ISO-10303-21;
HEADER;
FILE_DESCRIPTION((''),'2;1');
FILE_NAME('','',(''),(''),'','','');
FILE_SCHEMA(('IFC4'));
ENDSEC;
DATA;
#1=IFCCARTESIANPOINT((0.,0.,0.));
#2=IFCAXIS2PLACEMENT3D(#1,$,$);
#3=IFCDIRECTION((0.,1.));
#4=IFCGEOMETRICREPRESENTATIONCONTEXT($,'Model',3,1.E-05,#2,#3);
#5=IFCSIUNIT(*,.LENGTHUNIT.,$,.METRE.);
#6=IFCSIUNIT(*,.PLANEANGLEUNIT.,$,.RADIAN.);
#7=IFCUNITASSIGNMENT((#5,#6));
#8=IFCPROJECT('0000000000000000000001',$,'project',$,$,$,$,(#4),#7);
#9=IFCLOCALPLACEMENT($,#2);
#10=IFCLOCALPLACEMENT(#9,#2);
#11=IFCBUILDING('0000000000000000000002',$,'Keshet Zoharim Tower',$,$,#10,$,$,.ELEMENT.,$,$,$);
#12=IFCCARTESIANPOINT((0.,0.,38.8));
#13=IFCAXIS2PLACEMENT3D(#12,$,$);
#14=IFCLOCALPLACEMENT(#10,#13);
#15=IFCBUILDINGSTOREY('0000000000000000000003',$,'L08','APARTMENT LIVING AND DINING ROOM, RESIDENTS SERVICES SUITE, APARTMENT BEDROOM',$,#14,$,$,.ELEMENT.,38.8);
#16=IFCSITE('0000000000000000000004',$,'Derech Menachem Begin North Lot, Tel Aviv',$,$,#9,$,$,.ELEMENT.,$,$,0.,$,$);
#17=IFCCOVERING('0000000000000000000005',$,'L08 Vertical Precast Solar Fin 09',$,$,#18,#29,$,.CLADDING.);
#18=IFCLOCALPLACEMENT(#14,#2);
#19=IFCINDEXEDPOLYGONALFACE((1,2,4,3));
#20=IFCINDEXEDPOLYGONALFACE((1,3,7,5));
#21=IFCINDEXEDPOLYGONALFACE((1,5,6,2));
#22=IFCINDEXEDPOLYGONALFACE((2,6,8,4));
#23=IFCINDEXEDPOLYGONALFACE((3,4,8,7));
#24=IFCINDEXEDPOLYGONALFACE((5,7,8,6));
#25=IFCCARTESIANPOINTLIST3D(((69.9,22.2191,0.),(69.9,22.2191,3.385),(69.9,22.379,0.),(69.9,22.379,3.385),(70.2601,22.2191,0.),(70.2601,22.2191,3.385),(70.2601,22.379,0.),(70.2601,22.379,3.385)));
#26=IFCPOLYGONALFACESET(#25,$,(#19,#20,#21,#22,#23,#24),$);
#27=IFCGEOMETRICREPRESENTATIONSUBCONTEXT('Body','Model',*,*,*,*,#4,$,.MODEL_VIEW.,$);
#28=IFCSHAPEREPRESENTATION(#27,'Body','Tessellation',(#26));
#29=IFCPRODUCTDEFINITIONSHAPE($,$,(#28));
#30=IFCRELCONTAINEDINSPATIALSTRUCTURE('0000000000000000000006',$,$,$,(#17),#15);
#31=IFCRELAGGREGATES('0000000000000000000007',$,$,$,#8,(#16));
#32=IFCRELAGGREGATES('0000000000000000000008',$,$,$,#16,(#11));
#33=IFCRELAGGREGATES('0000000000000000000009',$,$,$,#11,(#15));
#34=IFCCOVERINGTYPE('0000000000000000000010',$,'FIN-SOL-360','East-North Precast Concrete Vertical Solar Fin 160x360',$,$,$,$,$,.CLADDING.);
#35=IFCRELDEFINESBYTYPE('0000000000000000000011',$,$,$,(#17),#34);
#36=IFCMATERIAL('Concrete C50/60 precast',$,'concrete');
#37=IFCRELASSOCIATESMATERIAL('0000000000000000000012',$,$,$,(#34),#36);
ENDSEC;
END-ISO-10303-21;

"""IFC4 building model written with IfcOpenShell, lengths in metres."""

from ifc_helpers import new_model, si_unit, direction, frame, origin, origin_2d, place, context, subcontext, project, spatial, rectangle, extrude, material, type_object, element, save


model = new_model("IFC4")

# Units and contexts
model_context = context("Model", 3, precision=1e-05, world=origin(), true_north=direction((0.0, 1.0)))
body_context = subcontext(model_context, "Body", "Model", "MODEL_VIEW")
ifc_project = project(units=[si_unit("LENGTHUNIT", "METRE"), si_unit("PLANEANGLEUNIT", "RADIAN")], contexts=[model_context])

# Site, building, storey
site_placement = place(None, origin())
site = spatial("IfcSite", under=ifc_project, at=site_placement, Name="Derech Menachem Begin North Lot, Tel Aviv", CompositionType="ELEMENT", RefElevation=0.0)
building_placement = place(site_placement, origin())
building = spatial("IfcBuilding", under=site, at=building_placement, Name="Keshet Zoharim Tower", CompositionType="ELEMENT")
storey_placement = place(building_placement, frame((0.0, 0.0, 38.8)))
storey = spatial("IfcBuildingStorey", under=building, at=storey_placement, Name="L08", Description="APARTMENT LIVING AND DINING ROOM, RESIDENTS SERVICES SUITE, APARTMENT BEDROOM", CompositionType="ELEMENT", Elevation=38.8)

# Covering
ifc_material_1 = material(Name="Concrete C50/60 precast", Category="concrete")
covering_type = type_object("IfcCoveringType", Name="FIN-SOL-360", Description="East-North Precast Concrete Vertical Solar Fin 160x360", PredefinedType="CLADDING", material=ifc_material_1)
covering_placement = place(storey_placement, frame((70.0801, 22.2991, 0.0), z_axis=(0.0, 0.0, 1.0), x_axis=(0.0, -1.0, 0.0)))
element("IfcCovering", 1, at=covering_placement, inside=storey, type_object=covering_type, Name="L08 Vertical Precast Solar Fin 09", PredefinedType="CLADDING", context=body_context, shape_type="SweptSolid", body=[
    extrude(rectangle(XDim=0.1599, YDim=0.3601, at=origin_2d()), origin(), (0.0, 0.0, 1.0), 3.385),
])

save(model, "model.ifc")
